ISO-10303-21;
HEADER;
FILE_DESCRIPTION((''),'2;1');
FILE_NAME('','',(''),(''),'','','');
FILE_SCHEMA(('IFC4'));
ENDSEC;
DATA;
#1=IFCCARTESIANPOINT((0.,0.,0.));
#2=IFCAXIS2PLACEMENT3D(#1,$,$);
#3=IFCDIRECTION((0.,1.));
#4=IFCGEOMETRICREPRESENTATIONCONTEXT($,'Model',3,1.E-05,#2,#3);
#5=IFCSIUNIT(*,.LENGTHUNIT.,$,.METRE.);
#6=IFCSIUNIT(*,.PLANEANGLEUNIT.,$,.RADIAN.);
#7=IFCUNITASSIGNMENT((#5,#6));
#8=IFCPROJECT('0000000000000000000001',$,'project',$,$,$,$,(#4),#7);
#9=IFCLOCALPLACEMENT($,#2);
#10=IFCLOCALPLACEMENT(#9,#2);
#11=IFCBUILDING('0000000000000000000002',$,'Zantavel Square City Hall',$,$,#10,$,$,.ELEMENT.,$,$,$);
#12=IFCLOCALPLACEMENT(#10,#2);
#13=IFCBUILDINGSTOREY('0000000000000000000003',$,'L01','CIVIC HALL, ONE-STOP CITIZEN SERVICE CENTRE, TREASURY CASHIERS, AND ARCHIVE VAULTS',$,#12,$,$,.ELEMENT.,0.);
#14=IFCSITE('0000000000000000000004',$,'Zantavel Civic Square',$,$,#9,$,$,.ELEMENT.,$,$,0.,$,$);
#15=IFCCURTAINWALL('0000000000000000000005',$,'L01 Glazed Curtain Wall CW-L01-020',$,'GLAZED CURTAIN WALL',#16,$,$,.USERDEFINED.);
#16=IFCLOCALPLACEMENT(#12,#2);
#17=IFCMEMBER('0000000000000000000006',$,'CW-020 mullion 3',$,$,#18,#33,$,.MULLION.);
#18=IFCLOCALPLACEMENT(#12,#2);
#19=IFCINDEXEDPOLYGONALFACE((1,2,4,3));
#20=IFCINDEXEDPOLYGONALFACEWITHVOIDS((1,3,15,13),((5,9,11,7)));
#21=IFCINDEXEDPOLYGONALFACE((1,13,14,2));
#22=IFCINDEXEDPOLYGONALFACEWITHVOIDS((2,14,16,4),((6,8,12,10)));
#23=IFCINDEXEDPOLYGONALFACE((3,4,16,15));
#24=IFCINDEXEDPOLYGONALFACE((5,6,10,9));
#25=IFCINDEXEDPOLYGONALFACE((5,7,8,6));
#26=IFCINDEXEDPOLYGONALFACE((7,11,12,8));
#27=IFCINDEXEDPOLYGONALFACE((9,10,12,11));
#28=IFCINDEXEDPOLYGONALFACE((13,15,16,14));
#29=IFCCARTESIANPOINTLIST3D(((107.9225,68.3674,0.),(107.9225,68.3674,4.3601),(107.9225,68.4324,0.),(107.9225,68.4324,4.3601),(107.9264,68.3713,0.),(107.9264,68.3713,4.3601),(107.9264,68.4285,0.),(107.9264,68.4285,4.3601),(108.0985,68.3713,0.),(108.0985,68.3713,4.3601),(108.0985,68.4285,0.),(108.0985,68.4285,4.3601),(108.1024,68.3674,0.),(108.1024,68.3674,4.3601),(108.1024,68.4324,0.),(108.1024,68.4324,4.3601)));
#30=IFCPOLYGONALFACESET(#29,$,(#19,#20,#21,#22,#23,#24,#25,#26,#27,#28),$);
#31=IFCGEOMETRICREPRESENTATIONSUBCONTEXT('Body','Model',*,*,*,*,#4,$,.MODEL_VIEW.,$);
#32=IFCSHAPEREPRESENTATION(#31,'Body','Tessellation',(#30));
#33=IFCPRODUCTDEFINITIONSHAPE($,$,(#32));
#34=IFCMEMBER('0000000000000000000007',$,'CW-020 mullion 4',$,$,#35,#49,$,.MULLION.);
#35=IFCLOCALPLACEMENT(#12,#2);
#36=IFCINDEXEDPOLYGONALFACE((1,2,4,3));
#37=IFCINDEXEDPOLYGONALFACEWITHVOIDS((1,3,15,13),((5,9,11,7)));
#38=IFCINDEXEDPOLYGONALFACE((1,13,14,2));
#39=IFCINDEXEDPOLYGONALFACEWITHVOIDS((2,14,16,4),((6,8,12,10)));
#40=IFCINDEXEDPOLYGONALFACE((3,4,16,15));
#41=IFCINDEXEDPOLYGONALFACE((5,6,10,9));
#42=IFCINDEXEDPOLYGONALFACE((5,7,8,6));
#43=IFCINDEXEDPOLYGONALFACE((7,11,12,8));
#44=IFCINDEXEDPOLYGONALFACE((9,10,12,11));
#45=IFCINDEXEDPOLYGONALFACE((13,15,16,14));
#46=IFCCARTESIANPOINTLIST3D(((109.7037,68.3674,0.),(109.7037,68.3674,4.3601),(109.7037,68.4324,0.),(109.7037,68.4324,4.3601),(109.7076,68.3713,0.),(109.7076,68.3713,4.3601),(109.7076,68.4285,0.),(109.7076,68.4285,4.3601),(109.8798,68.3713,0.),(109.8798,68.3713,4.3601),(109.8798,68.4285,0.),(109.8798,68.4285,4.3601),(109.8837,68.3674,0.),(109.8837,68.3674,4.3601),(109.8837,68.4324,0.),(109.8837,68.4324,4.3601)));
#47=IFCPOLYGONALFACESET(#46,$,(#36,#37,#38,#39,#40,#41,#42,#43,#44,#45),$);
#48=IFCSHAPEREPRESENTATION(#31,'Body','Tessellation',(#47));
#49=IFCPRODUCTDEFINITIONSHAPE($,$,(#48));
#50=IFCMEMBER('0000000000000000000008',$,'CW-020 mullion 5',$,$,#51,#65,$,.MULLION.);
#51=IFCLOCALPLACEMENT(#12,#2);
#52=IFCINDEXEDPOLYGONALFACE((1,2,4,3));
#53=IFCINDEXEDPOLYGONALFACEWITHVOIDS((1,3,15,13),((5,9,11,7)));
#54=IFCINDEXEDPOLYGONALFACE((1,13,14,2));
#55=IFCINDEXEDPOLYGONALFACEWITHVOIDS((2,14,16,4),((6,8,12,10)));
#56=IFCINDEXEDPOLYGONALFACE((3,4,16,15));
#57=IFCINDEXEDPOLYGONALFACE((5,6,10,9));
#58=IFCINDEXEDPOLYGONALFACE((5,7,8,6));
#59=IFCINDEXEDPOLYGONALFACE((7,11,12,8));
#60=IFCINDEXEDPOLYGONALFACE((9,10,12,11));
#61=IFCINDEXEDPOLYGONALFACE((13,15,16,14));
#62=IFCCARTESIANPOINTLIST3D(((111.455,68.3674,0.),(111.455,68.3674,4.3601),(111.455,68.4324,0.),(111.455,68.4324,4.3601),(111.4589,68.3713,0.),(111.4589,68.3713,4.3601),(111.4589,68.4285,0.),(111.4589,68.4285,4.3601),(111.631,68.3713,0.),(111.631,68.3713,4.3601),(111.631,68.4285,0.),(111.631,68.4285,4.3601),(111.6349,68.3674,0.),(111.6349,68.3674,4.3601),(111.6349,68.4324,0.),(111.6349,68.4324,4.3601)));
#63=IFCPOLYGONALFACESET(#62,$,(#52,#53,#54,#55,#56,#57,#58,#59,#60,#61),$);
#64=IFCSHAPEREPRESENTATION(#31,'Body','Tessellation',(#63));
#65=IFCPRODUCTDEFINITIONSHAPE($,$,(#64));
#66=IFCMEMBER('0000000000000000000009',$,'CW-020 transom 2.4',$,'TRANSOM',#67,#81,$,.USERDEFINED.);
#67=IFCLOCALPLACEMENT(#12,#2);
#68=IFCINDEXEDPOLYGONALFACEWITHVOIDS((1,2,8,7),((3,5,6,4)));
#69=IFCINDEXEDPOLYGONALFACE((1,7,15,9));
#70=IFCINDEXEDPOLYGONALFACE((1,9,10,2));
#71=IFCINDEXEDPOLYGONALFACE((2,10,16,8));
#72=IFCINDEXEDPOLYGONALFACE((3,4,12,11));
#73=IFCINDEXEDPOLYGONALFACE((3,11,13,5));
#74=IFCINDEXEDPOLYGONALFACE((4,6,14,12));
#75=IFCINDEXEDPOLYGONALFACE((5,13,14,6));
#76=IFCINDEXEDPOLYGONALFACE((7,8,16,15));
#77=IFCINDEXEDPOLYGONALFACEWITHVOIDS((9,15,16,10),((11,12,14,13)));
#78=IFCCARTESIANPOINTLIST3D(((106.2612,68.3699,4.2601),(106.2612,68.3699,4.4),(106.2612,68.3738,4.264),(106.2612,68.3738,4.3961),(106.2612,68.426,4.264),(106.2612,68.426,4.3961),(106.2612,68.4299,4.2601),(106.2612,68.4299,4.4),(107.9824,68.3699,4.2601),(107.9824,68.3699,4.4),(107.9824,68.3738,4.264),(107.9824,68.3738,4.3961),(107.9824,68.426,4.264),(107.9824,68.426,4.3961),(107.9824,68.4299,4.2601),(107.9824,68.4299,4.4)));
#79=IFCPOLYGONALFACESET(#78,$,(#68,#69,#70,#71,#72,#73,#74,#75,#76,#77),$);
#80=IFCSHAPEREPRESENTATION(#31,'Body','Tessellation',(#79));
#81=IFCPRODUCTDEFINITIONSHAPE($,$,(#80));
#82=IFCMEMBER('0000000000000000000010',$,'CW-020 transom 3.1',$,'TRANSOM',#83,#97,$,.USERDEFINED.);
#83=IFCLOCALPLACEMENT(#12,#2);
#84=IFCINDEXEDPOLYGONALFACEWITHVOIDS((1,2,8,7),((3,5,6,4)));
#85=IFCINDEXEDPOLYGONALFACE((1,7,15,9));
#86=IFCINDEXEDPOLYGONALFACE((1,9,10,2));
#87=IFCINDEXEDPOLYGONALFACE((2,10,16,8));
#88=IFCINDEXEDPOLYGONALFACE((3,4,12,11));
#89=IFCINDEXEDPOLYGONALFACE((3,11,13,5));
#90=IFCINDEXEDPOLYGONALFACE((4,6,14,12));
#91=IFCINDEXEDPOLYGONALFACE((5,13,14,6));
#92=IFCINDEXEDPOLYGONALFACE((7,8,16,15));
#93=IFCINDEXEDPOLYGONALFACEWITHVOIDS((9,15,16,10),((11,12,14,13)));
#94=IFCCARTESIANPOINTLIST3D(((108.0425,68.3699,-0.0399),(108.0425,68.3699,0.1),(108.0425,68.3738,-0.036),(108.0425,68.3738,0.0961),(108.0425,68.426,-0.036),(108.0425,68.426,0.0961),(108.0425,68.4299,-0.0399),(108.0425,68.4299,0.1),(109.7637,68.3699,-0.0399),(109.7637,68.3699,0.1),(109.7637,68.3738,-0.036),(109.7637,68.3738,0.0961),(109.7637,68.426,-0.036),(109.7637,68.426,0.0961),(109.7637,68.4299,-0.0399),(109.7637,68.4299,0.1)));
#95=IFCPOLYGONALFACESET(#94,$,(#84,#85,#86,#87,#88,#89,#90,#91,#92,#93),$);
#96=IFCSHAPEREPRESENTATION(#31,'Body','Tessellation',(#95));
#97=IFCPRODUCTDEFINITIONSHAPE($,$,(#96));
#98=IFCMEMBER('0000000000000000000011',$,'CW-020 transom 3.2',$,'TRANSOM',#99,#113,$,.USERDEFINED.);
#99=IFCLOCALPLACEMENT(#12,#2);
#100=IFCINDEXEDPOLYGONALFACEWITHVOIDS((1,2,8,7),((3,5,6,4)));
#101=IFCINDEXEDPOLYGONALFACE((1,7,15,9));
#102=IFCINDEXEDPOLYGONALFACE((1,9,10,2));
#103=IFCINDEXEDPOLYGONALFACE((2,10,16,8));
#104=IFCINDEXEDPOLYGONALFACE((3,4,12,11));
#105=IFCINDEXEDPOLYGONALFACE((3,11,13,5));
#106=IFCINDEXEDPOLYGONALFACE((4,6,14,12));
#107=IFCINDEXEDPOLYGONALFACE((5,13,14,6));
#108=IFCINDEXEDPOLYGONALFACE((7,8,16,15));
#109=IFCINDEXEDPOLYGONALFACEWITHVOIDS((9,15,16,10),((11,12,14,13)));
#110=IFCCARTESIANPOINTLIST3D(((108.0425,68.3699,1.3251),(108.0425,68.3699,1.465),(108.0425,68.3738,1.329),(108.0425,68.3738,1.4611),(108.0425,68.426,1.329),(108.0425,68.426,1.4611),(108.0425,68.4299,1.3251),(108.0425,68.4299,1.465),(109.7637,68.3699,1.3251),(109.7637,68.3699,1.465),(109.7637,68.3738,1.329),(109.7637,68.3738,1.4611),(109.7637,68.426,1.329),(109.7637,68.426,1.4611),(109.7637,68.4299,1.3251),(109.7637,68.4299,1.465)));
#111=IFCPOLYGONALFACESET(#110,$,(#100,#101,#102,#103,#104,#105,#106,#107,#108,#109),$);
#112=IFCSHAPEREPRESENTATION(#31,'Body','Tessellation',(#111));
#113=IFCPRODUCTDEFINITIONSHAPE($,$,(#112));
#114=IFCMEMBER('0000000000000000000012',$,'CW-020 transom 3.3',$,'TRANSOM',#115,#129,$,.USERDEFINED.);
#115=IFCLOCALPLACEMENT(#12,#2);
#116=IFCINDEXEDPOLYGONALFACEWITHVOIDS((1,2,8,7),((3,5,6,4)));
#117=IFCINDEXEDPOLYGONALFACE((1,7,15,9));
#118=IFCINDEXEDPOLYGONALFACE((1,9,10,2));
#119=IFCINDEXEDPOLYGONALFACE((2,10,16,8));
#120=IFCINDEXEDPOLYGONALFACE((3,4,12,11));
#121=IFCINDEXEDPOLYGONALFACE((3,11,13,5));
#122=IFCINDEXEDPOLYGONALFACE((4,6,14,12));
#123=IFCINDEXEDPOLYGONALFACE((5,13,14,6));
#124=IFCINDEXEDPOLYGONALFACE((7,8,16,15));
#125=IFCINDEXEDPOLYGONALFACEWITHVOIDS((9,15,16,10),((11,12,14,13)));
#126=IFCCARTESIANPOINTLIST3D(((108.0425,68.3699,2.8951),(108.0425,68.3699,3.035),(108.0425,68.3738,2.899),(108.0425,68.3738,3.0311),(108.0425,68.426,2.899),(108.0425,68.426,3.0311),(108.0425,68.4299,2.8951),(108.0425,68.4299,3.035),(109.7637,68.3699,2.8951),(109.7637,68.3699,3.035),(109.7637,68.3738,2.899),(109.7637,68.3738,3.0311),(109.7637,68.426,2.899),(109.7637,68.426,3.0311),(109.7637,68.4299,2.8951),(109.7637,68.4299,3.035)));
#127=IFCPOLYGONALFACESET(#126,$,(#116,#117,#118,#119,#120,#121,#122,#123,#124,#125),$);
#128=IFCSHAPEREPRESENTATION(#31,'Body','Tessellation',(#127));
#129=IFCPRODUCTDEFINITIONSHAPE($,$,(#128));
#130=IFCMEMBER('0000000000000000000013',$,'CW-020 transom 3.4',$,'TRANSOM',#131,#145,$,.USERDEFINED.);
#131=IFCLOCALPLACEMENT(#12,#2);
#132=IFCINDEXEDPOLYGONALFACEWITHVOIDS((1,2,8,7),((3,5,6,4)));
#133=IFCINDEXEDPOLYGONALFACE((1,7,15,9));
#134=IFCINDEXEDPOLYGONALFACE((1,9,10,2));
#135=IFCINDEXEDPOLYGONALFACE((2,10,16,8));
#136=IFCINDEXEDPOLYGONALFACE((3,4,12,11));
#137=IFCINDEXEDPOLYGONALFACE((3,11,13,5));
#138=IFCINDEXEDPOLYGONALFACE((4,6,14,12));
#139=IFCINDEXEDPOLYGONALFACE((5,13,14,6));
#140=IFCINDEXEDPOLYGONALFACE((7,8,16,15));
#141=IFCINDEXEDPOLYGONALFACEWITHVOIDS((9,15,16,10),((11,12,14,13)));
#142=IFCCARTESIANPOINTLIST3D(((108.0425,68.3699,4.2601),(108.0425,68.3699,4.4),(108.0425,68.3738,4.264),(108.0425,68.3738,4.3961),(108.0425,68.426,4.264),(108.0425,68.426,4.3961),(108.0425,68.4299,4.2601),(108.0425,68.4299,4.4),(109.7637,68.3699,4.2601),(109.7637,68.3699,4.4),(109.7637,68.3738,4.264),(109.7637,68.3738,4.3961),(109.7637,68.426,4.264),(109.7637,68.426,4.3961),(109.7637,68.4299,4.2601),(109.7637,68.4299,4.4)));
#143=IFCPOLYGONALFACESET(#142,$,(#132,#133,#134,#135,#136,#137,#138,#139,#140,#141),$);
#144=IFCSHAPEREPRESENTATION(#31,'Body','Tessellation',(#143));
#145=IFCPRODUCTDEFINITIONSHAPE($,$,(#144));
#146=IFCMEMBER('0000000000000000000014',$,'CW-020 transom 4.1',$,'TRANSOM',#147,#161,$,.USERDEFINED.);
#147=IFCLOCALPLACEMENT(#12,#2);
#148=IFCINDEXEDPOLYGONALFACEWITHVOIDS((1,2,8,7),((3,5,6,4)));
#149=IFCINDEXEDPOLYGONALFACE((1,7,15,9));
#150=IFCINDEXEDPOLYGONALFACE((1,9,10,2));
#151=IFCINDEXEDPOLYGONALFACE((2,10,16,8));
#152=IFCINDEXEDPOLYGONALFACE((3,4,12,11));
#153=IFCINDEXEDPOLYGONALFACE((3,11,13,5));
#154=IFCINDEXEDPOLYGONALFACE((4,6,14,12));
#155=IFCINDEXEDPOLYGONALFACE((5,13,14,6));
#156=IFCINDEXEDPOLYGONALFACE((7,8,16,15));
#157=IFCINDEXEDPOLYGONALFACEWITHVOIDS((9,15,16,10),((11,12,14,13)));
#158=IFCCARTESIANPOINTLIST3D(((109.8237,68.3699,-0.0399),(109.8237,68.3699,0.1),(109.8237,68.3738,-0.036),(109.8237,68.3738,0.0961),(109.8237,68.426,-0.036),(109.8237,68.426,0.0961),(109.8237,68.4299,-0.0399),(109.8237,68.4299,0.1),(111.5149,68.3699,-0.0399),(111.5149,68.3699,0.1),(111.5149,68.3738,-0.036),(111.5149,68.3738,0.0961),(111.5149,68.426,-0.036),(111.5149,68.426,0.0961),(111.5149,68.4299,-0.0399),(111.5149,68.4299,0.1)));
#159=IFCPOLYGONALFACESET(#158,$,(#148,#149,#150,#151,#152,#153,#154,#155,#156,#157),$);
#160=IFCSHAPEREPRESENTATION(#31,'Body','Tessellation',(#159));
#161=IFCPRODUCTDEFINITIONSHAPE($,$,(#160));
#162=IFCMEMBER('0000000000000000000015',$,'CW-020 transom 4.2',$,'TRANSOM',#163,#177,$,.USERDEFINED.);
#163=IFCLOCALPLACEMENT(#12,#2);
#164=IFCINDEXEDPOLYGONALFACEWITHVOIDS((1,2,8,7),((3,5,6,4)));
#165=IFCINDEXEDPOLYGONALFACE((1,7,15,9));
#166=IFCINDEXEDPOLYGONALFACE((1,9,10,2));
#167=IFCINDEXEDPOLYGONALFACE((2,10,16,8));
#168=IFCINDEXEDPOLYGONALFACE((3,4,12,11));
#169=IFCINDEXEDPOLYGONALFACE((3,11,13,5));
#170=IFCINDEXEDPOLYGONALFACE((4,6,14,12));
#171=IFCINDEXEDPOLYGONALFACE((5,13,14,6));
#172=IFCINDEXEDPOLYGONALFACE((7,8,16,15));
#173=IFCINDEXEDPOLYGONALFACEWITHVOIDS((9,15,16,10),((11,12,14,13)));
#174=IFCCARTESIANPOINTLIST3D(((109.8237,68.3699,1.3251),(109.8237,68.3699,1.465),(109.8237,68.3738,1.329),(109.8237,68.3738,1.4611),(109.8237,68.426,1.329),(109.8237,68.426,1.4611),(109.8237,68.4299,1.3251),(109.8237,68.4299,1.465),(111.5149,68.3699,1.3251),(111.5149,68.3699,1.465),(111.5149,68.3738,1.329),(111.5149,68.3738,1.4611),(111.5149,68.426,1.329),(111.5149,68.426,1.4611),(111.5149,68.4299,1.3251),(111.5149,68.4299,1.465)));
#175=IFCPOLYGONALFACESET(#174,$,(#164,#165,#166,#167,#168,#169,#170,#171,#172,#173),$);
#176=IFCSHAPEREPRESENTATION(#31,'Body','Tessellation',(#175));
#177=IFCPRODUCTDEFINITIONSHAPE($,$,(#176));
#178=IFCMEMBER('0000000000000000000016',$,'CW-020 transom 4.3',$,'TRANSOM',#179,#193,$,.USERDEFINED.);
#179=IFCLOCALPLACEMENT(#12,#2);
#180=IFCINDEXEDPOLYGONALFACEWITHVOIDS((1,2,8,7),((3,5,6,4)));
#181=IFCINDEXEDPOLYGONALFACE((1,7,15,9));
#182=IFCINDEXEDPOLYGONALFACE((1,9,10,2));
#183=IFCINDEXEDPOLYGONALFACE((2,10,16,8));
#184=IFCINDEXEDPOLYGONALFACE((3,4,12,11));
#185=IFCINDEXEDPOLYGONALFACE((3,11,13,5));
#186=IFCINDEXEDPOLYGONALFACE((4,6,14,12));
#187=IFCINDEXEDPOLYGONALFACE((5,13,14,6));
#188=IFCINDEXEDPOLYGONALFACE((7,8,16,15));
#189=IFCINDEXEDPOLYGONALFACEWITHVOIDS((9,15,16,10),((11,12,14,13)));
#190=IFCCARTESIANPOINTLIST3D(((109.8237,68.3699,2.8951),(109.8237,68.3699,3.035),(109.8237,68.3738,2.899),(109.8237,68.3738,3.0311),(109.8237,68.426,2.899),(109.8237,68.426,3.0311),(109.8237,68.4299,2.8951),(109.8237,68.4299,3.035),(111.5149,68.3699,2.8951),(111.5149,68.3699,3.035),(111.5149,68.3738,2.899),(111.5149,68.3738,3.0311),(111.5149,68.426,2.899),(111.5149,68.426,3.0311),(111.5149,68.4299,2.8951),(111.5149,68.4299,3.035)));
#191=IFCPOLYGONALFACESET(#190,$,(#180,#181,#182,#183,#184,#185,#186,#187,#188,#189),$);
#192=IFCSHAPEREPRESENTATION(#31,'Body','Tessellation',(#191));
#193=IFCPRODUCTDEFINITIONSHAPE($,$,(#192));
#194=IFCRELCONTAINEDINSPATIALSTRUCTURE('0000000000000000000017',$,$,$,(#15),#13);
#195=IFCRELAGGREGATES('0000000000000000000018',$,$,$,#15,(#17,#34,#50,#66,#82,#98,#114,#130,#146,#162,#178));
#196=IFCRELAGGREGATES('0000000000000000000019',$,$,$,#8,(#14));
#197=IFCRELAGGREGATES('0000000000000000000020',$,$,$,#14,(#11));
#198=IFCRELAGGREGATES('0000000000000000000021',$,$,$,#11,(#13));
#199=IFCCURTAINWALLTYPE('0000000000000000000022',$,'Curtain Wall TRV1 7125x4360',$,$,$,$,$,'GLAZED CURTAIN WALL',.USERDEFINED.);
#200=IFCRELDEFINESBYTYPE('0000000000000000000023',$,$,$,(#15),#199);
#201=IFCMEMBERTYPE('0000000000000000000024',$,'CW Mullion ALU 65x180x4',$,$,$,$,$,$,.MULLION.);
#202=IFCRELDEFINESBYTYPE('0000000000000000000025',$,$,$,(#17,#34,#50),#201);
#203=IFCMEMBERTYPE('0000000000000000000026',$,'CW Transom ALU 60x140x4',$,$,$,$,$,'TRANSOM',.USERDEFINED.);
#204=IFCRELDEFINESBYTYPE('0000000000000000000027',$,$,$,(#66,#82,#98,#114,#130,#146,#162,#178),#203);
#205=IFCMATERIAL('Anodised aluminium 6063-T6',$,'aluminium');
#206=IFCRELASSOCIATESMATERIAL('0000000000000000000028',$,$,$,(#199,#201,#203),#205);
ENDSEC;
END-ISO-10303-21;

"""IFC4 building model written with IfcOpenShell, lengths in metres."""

from ifc_helpers import new_model, si_unit, direction, frame, origin, origin_2d, place, context, subcontext, project, spatial, hollow_rectangle, extrude, material, material_profile, profile_set, type_object, element, aggregate, save


model = new_model("IFC4")

# Units and contexts
model_context = context("Model", 3, precision=1e-05, world=origin(), true_north=direction((0.0, 1.0)))
body_context = subcontext(model_context, "Body", "Model", "MODEL_VIEW")
ifc_project = project(units=[si_unit("LENGTHUNIT", "METRE"), si_unit("PLANEANGLEUNIT", "RADIAN")], contexts=[model_context])

# Site, building, storey
site_placement = place(None, origin())
site = spatial("IfcSite", under=ifc_project, at=site_placement, Name="Zantavel Civic Square", CompositionType="ELEMENT", RefElevation=0.0)
building_placement = place(site_placement, origin())
building = spatial("IfcBuilding", under=site, at=building_placement, Name="Zantavel Square City Hall", CompositionType="ELEMENT")
storey_placement = place(building_placement, origin())
storey = spatial("IfcBuildingStorey", under=building, at=storey_placement, Name="L01", Description="CIVIC HALL, ONE-STOP CITIZEN SERVICE CENTRE, TREASURY CASHIERS, AND ARCHIVE VAULTS", CompositionType="ELEMENT", Elevation=0.0)

# Curtain wall, members
ifc_material_1 = material(Name="Anodised aluminium 6063-T6", Category="aluminium")
curtain_wall_type = type_object("IfcCurtainWallType", Name="Curtain Wall TRV1 7125x4360", ElementType="GLAZED CURTAIN WALL", PredefinedType="USERDEFINED", material=ifc_material_1)
curtain_wall_placement = place(storey_placement, origin())
curtain_wall = element("IfcCurtainWall", 1, at=curtain_wall_placement, inside=storey, type_object=curtain_wall_type, Name="L01 Glazed Curtain Wall CW-L01-020", ObjectType="GLAZED CURTAIN WALL", PredefinedType="USERDEFINED")
ifc_material_profile_1 = material_profile(ifc_material_1, hollow_rectangle(XDim=0.0649, YDim=0.1799, WallThickness=0.0039, at=origin_2d()), Name="ALU 65x180x4")
ifc_profile_set_1 = profile_set([ifc_material_profile_1], Name="Anodised aluminium 6063-T6")
member_type_1 = type_object("IfcMemberType", Name="CW Mullion ALU 65x180x4", PredefinedType="MULLION", material=ifc_profile_set_1)
member_1_placement = place(storey_placement, frame((108.0125, 68.3999, 0.0), z_axis=(0.0, 0.0, 1.0), x_axis=(0.0, 1.0, 0.0)))
member_1 = element("IfcMember", 2, at=member_1_placement, type_object=member_type_1, Name="CW-020 mullion 3", PredefinedType="MULLION", context=body_context, shape_type="SweptSolid", body=[
    extrude(hollow_rectangle(XDim=0.0649, YDim=0.1799, WallThickness=0.0039, at=origin_2d()), origin(), (0.0, 0.0, 1.0), 4.3601),
])
member_2_placement = place(storey_placement, frame((109.7937, 68.3999, 0.0), z_axis=(0.0, 0.0, 1.0), x_axis=(0.0, 1.0, 0.0)))
member_2 = element("IfcMember", 3, at=member_2_placement, type_object=member_type_1, Name="CW-020 mullion 4", PredefinedType="MULLION", context=body_context, shape_type="SweptSolid", body=[
    extrude(hollow_rectangle(XDim=0.0649, YDim=0.1799, WallThickness=0.0039, at=origin_2d()), origin(), (0.0, 0.0, 1.0), 4.3601),
])
member_3_placement = place(storey_placement, frame((111.5449, 68.3999, 0.0), z_axis=(0.0, 0.0, 1.0), x_axis=(0.0, 1.0, 0.0)))
member_3 = element("IfcMember", 4, at=member_3_placement, type_object=member_type_1, Name="CW-020 mullion 5", PredefinedType="MULLION", context=body_context, shape_type="SweptSolid", body=[
    extrude(hollow_rectangle(XDim=0.0649, YDim=0.1799, WallThickness=0.0039, at=origin_2d()), origin(), (0.0, 0.0, 1.0), 4.3601),
])
ifc_material_profile_2 = material_profile(ifc_material_1, hollow_rectangle(XDim=0.0601, YDim=0.1399, WallThickness=0.0039, at=origin_2d()), Name="ALU 60x140x4")
ifc_profile_set_2 = profile_set([ifc_material_profile_2], Name="Anodised aluminium 6063-T6")
member_type_2 = type_object("IfcMemberType", Name="CW Transom ALU 60x140x4", ElementType="TRANSOM", PredefinedType="USERDEFINED", material=ifc_profile_set_2)
member_4_placement = place(storey_placement, frame((106.2612, 68.3999, 4.3301), z_axis=(1.0, 0.0, 0.0), x_axis=(0.0, 1.0, 0.0)))
member_4 = element("IfcMember", 5, at=member_4_placement, type_object=member_type_2, Name="CW-020 transom 2.4", ObjectType="TRANSOM", PredefinedType="USERDEFINED", context=body_context, shape_type="SweptSolid", body=[
    extrude(hollow_rectangle(XDim=0.0601, YDim=0.1399, WallThickness=0.0039, at=origin_2d()), origin(), (0.0, 0.0, 1.0), 1.7212),
])
member_5_placement = place(storey_placement, frame((108.0425, 68.3999, 0.03), z_axis=(1.0, 0.0, 0.0), x_axis=(0.0, 1.0, 0.0)))
member_5 = element("IfcMember", 6, at=member_5_placement, type_object=member_type_2, Name="CW-020 transom 3.1", ObjectType="TRANSOM", PredefinedType="USERDEFINED", context=body_context, shape_type="SweptSolid", body=[
    extrude(hollow_rectangle(XDim=0.0601, YDim=0.1399, WallThickness=0.0039, at=origin_2d()), origin(), (0.0, 0.0, 1.0), 1.7212),
])
member_6_placement = place(storey_placement, frame((108.0425, 68.3999, 1.395), z_axis=(1.0, 0.0, 0.0), x_axis=(0.0, 1.0, 0.0)))
member_6 = element("IfcMember", 7, at=member_6_placement, type_object=member_type_2, Name="CW-020 transom 3.2", ObjectType="TRANSOM", PredefinedType="USERDEFINED", context=body_context, shape_type="SweptSolid", body=[
    extrude(hollow_rectangle(XDim=0.0601, YDim=0.1399, WallThickness=0.0039, at=origin_2d()), origin(), (0.0, 0.0, 1.0), 1.7212),
])
member_7_placement = place(storey_placement, frame((108.0425, 68.3999, 2.9651), z_axis=(1.0, 0.0, 0.0), x_axis=(0.0, 1.0, 0.0)))
member_7 = element("IfcMember", 8, at=member_7_placement, type_object=member_type_2, Name="CW-020 transom 3.3", ObjectType="TRANSOM", PredefinedType="USERDEFINED", context=body_context, shape_type="SweptSolid", body=[
    extrude(hollow_rectangle(XDim=0.0601, YDim=0.1399, WallThickness=0.0039, at=origin_2d()), origin(), (0.0, 0.0, 1.0), 1.7212),
])
member_8_placement = place(storey_placement, frame((108.0425, 68.3999, 4.3301), z_axis=(1.0, 0.0, 0.0), x_axis=(0.0, 1.0, 0.0)))
member_8 = element("IfcMember", 9, at=member_8_placement, type_object=member_type_2, Name="CW-020 transom 3.4", ObjectType="TRANSOM", PredefinedType="USERDEFINED", context=body_context, shape_type="SweptSolid", body=[
    extrude(hollow_rectangle(XDim=0.0601, YDim=0.1399, WallThickness=0.0039, at=origin_2d()), origin(), (0.0, 0.0, 1.0), 1.7212),
])
member_9_placement = place(storey_placement, frame((109.8237, 68.3999, 0.03), z_axis=(1.0, 0.0, 0.0), x_axis=(0.0, 1.0, 0.0)))
member_9 = element("IfcMember", 10, at=member_9_placement, type_object=member_type_2, Name="CW-020 transom 4.1", ObjectType="TRANSOM", PredefinedType="USERDEFINED", context=body_context, shape_type="SweptSolid", body=[
    extrude(hollow_rectangle(XDim=0.0601, YDim=0.1399, WallThickness=0.0039, at=origin_2d()), origin(), (0.0, 0.0, 1.0), 1.6912),
])
member_10_placement = place(storey_placement, frame((109.8237, 68.3999, 1.395), z_axis=(1.0, 0.0, 0.0), x_axis=(0.0, 1.0, 0.0)))
member_10 = element("IfcMember", 11, at=member_10_placement, type_object=member_type_2, Name="CW-020 transom 4.2", ObjectType="TRANSOM", PredefinedType="USERDEFINED", context=body_context, shape_type="SweptSolid", body=[
    extrude(hollow_rectangle(XDim=0.0601, YDim=0.1399, WallThickness=0.0039, at=origin_2d()), origin(), (0.0, 0.0, 1.0), 1.6912),
])
member_11_placement = place(storey_placement, frame((109.8237, 68.3999, 2.9651), z_axis=(1.0, 0.0, 0.0), x_axis=(0.0, 1.0, 0.0)))
member_11 = element("IfcMember", 12, at=member_11_placement, type_object=member_type_2, Name="CW-020 transom 4.3", ObjectType="TRANSOM", PredefinedType="USERDEFINED", context=body_context, shape_type="SweptSolid", body=[
    extrude(hollow_rectangle(XDim=0.0601, YDim=0.1399, WallThickness=0.0039, at=origin_2d()), origin(), (0.0, 0.0, 1.0), 1.6912),
])
aggregate(curtain_wall, [member_1, member_2, member_3, member_4, member_5, member_6, member_7, member_8, member_9, member_10, member_11])

save(model, "model.ifc")
